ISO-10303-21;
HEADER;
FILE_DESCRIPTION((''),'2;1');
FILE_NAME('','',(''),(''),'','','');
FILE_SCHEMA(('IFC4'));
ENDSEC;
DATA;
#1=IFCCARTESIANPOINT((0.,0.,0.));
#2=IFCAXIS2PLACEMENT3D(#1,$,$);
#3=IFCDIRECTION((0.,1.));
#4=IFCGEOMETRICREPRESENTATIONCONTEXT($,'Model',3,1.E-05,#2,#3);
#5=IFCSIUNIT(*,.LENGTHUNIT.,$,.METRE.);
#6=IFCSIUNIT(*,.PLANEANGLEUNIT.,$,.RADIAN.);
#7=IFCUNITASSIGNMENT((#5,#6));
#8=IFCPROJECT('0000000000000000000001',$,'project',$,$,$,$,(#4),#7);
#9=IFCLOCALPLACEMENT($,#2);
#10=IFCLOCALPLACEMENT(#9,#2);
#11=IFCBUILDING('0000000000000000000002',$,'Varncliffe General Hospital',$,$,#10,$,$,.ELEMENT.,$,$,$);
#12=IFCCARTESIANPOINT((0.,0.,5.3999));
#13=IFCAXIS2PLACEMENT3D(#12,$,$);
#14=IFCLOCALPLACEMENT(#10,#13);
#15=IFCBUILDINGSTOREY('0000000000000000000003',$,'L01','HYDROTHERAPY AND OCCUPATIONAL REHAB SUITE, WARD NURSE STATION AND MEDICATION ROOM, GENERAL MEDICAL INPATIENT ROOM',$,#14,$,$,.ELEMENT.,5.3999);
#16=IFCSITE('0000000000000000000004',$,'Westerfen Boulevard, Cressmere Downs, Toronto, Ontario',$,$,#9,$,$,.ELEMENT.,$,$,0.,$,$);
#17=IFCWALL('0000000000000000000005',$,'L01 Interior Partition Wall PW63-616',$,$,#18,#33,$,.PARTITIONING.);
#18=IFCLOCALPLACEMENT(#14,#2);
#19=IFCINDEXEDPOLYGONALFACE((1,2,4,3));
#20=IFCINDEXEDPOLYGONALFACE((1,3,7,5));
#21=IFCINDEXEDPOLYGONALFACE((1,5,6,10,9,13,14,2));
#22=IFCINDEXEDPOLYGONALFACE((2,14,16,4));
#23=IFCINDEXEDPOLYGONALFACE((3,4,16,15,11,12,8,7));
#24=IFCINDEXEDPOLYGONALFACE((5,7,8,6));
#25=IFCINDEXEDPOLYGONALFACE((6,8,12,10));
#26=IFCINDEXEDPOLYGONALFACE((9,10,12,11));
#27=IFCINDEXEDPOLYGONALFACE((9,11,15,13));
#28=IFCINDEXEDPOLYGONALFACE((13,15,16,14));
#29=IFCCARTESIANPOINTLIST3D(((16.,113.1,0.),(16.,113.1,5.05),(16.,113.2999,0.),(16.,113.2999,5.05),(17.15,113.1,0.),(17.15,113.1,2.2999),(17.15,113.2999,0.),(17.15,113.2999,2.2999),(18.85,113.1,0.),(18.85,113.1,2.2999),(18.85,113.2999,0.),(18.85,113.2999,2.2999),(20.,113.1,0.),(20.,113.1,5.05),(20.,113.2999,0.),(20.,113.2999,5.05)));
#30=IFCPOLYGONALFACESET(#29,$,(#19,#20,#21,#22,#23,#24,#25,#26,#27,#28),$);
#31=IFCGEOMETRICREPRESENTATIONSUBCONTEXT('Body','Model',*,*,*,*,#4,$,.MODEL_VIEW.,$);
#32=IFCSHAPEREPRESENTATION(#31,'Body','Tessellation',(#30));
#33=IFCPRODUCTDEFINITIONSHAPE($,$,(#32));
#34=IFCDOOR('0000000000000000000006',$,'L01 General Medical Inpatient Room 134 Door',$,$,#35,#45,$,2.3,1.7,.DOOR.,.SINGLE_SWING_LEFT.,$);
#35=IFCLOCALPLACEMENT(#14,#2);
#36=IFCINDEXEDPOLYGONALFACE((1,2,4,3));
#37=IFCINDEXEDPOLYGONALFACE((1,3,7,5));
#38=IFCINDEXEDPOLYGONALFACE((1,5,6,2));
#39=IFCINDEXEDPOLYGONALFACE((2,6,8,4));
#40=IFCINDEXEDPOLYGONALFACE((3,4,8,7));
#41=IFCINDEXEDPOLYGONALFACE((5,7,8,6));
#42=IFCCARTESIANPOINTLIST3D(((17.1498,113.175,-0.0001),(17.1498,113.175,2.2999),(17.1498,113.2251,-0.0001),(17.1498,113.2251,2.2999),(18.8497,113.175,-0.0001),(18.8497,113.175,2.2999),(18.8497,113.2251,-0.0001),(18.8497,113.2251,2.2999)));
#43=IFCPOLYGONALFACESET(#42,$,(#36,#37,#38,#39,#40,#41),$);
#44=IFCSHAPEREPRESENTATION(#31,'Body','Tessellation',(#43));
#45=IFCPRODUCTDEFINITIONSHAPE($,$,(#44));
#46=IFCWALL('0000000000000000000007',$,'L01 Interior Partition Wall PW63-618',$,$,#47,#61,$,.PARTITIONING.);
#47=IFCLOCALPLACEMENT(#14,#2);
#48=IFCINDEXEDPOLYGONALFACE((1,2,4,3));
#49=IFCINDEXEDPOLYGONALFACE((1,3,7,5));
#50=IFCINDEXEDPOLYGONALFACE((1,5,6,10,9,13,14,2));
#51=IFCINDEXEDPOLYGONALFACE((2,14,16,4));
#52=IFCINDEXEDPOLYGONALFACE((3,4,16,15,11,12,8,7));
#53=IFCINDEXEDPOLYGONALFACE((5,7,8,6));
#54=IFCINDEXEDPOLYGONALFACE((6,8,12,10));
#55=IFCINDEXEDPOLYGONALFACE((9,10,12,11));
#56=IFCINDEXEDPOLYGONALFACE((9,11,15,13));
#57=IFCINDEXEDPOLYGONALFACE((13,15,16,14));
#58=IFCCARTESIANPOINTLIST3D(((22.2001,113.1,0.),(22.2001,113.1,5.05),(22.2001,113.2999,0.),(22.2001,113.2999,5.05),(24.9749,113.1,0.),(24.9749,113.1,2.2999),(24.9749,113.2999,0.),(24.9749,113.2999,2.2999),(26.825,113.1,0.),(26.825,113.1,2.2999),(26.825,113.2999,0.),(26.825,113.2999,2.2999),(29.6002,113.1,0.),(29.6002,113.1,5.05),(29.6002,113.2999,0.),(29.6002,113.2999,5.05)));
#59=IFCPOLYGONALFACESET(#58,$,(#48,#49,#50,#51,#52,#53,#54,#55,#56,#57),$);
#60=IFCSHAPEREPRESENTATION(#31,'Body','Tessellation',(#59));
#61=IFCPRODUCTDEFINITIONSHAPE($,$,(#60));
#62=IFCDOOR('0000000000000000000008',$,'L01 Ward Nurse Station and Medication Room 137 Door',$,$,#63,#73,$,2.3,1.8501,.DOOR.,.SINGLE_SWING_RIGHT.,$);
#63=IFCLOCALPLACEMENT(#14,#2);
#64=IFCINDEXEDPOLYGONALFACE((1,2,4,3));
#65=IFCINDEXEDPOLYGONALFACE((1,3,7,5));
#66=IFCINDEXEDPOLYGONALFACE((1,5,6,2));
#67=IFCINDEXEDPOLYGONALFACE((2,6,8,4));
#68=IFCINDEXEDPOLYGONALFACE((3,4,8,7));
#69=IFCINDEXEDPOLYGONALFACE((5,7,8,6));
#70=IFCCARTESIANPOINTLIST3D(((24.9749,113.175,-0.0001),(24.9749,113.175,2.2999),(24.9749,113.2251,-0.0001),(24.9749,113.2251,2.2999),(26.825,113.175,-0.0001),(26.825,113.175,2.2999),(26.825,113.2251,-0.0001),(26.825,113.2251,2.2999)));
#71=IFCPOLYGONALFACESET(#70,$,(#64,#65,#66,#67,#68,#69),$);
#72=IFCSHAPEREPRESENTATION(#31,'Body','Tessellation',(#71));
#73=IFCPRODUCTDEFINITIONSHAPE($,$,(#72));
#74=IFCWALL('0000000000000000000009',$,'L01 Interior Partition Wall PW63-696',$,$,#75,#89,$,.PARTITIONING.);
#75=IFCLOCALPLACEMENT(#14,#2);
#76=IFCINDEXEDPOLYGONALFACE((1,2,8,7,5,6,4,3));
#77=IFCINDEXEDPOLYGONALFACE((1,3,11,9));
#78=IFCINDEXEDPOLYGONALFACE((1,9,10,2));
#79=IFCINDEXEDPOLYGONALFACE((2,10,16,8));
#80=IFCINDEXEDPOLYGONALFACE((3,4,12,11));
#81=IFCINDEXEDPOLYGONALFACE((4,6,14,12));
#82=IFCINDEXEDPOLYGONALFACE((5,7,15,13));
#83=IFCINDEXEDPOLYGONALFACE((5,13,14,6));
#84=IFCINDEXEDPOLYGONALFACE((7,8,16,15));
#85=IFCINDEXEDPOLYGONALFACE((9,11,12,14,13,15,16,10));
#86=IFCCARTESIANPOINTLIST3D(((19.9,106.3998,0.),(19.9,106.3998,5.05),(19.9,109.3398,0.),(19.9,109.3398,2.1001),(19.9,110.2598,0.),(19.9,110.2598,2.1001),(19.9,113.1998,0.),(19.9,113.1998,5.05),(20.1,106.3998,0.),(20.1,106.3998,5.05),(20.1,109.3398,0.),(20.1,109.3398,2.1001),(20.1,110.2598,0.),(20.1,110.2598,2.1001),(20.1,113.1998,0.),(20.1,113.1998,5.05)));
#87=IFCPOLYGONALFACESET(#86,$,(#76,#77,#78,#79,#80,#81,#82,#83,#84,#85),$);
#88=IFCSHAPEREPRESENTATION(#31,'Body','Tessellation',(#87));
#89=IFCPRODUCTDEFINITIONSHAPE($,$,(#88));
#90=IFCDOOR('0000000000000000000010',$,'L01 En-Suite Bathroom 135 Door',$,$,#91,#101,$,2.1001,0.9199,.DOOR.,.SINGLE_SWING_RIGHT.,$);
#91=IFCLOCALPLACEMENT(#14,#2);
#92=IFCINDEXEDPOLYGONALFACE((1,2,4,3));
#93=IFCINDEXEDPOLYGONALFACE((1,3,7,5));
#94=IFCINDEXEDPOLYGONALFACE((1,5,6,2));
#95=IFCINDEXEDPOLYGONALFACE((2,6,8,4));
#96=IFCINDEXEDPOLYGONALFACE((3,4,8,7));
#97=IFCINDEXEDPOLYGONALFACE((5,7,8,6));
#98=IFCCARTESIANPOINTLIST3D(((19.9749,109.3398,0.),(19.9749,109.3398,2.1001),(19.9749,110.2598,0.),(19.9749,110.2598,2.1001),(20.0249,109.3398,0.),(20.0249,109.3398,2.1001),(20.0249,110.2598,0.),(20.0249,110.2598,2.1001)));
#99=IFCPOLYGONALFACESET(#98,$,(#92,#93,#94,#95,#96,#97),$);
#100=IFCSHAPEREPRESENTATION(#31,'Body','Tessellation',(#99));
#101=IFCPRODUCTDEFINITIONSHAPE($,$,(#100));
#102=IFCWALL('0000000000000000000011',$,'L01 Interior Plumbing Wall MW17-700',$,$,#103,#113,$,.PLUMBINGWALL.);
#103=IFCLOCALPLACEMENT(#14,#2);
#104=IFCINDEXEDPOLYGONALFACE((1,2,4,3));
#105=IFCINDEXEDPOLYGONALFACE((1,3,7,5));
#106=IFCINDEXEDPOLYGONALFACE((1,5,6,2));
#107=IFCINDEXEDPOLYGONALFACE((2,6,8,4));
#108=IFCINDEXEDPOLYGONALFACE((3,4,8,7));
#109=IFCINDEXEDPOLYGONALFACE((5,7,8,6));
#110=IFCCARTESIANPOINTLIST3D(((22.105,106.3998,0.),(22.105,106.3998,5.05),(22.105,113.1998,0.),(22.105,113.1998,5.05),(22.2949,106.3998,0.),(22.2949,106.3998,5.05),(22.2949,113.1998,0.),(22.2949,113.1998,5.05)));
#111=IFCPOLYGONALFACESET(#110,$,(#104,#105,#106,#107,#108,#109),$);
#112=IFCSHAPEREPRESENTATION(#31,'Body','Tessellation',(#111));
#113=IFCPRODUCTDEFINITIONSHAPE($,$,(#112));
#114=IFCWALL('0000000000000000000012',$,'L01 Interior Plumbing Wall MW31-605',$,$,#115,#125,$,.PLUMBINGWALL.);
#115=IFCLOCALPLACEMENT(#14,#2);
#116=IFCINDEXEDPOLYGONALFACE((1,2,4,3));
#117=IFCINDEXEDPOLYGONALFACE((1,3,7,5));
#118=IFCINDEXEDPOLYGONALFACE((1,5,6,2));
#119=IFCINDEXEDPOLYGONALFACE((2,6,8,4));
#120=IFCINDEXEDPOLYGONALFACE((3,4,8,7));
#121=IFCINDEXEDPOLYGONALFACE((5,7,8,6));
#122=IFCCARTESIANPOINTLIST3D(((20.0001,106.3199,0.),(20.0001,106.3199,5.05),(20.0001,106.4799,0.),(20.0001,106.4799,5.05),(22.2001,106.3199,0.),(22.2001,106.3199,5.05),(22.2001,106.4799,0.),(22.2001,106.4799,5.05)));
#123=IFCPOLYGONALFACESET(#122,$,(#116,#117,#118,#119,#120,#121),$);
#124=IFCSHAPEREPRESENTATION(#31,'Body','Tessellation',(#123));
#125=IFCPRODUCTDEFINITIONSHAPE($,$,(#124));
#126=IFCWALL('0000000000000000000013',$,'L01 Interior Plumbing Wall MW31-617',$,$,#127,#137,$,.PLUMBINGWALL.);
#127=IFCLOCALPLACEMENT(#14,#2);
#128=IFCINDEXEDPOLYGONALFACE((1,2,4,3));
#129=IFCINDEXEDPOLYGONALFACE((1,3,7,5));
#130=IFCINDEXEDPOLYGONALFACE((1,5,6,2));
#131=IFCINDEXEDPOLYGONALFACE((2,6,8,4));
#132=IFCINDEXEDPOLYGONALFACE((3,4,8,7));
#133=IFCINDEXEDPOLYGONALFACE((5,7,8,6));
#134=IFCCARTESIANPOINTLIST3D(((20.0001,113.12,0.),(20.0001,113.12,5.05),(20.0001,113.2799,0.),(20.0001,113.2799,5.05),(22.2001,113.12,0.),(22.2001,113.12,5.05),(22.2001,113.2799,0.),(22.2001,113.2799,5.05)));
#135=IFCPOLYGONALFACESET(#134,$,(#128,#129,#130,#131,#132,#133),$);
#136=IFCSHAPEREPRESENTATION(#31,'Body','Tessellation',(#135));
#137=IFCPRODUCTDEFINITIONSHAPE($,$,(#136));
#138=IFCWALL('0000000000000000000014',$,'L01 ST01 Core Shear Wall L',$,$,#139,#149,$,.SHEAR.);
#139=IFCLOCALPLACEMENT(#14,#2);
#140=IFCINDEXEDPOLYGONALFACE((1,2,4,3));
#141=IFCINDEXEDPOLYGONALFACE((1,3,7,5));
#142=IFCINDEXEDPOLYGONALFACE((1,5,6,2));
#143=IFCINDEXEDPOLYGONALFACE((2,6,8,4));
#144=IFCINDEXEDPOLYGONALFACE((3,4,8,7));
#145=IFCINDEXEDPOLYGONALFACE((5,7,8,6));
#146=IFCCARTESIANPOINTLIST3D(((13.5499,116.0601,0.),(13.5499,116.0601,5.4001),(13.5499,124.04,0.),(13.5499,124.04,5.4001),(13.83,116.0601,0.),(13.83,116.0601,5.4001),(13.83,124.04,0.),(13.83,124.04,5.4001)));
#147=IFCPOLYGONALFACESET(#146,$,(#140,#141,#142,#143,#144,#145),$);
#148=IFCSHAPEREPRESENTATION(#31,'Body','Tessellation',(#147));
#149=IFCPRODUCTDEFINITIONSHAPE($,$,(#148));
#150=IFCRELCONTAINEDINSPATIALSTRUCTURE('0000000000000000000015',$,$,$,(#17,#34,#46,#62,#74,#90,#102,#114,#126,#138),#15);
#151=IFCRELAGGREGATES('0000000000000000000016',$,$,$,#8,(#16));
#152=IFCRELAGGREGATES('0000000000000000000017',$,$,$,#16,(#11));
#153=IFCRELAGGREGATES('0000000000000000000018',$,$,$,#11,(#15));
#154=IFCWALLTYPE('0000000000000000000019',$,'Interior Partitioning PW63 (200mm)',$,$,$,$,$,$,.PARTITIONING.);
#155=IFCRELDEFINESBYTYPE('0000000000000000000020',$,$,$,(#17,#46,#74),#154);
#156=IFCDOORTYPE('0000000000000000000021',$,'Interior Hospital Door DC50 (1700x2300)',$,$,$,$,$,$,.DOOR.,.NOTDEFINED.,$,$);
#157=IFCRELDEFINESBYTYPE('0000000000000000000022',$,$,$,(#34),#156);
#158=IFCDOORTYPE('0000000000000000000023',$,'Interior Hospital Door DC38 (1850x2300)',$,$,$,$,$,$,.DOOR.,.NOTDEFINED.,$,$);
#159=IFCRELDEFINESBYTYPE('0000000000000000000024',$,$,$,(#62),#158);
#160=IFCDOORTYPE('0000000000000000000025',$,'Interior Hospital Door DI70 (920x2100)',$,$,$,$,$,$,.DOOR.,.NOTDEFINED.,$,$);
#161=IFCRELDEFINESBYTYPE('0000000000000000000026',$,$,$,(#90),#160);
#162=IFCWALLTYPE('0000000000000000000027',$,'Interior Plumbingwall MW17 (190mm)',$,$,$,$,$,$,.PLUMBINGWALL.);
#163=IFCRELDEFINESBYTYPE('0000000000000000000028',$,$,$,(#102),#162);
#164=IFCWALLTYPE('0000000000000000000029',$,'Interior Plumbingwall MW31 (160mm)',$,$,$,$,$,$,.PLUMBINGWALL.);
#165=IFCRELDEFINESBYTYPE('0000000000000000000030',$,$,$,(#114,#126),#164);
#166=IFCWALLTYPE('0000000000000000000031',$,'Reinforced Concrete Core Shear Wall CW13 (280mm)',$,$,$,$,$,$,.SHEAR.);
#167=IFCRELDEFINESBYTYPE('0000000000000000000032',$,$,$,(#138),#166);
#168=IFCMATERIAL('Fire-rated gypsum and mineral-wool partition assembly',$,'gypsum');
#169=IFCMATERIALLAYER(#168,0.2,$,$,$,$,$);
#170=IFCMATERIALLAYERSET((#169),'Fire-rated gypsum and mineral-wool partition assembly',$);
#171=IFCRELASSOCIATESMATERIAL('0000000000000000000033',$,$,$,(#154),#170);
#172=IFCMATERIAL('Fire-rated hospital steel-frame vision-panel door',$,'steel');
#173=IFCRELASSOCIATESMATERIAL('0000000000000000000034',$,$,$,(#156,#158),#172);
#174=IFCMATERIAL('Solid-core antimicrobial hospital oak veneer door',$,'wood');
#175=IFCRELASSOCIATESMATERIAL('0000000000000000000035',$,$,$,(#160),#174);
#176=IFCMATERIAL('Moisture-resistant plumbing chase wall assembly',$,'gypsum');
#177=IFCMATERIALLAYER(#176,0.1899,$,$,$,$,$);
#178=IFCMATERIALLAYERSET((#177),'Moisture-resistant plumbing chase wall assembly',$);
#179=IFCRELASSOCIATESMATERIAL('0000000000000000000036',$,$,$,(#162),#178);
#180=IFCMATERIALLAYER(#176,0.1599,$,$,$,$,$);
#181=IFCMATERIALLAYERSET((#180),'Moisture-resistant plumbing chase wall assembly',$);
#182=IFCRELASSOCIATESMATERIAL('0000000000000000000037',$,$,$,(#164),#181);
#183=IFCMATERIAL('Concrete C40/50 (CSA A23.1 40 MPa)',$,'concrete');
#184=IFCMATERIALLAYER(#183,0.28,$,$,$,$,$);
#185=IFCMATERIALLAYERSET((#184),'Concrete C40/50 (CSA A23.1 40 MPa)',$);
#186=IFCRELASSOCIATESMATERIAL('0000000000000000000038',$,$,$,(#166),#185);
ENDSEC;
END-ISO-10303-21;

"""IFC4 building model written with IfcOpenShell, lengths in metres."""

from ifc_helpers import new_model, si_unit, direction, frame, frame_2d, origin, place, context, subcontext, project, spatial, rectangle, extrude, material, layer, layer_set, type_object, element, fill, save


model = new_model("IFC4")

# Units and contexts
model_context = context("Model", 3, precision=1e-05, world=origin(), true_north=direction((0.0, 1.0)))
body_context = subcontext(model_context, "Body", "Model", "MODEL_VIEW")
ifc_project = project(units=[si_unit("LENGTHUNIT", "METRE"), si_unit("PLANEANGLEUNIT", "RADIAN")], contexts=[model_context])

# Site, building, storey
site_placement = place(None, origin())
site = spatial("IfcSite", under=ifc_project, at=site_placement, Name="Westerfen Boulevard, Cressmere Downs, Toronto, Ontario", CompositionType="ELEMENT", RefElevation=0.0)
building_placement = place(site_placement, origin())
building = spatial("IfcBuilding", under=site, at=building_placement, Name="Varncliffe General Hospital", CompositionType="ELEMENT")
storey_placement = place(building_placement, frame((0.0, 0.0, 5.3999)))
storey = spatial("IfcBuildingStorey", under=building, at=storey_placement, Name="L01", Description="HYDROTHERAPY AND OCCUPATIONAL REHAB SUITE, WARD NURSE STATION AND MEDICATION ROOM, GENERAL MEDICAL INPATIENT ROOM", CompositionType="ELEMENT", Elevation=5.3999)

# Shared definitions
ifc_material_1 = material(Name="Concrete C40/50 (CSA A23.1 40 MPa)", Category="concrete")

# Shared definitions
ifc_material_2 = material(Name="Fire-rated gypsum and mineral-wool partition assembly", Category="gypsum")

# Shared definitions
ifc_material_3 = material(Name="Fire-rated hospital steel-frame vision-panel door", Category="steel")

# Walls, openings, doors
ifc_layer_1 = layer(ifc_material_2, 0.2)
ifc_layer_set_1 = layer_set([ifc_layer_1], Name="Fire-rated gypsum and mineral-wool partition assembly")
wall_type_1 = type_object("IfcWallType", Name="Interior Partitioning PW63 (200mm)", PredefinedType="PARTITIONING", material=ifc_layer_set_1)
wall_1_placement = place(storey_placement, frame((16.0, 113.2, 0.0), z_axis=(0.0, 0.0, 1.0), x_axis=(1.0, 0.0, 0.0)))
wall_1 = element("IfcWall", 1, at=wall_1_placement, inside=storey, type_object=wall_type_1, Name="L01 Interior Partition Wall PW63-616", PredefinedType="PARTITIONING", context=body_context, shape_type="SweptSolid", body=[
    extrude(rectangle(XDim=4.0, YDim=0.2, at=frame_2d((2.0, 0.0))), origin(), (0.0, 0.0, 1.0), 5.05),
])
opening_1_placement = place(wall_1_placement, frame((1.1499, 0.0, 0.0)))
opening_1 = element("IfcOpeningElement", 2, at=opening_1_placement, cuts=wall_1, PredefinedType="OPENING", context=body_context, shape_type="SweptSolid", body=[
    extrude(rectangle(XDim=1.7, YDim=2.3, at=frame_2d((0.8501, 1.1499))), frame((0.0, 0.1099, 0.0), z_axis=(0.0, -1.0, 0.0), x_axis=(1.0, 0.0, 0.0)), (0.0, 0.0, 1.0), 0.22),
])
door_type_1 = type_object("IfcDoorType", Name="Interior Hospital Door DC50 (1700x2300)", OperationType="NOTDEFINED", PredefinedType="DOOR", material=ifc_material_3)
door_1_placement = place(opening_1_placement, frame((1.7, 0.0, 0.0), z_axis=(0.0, 0.0, 1.0), x_axis=(-1.0, 0.0, 0.0)))
door_1 = element("IfcDoor", 3, at=door_1_placement, inside=storey, type_object=door_type_1, Name="L01 General Medical Inpatient Room 134 Door", OperationType="SINGLE_SWING_LEFT", OverallHeight=2.3, OverallWidth=1.7, PredefinedType="DOOR", context=body_context, shape_type="SweptSolid", body=[
    extrude(rectangle(XDim=1.7, YDim=2.3, at=frame_2d((0.8501, 1.1499))), frame((0.0, 0.0249, 0.0), z_axis=(0.0, -1.0, 0.0), x_axis=(1.0, 0.0, 0.0)), (0.0, 0.0, 1.0), 0.05),
])
fill(opening_1, door_1)
wall_2_placement = place(storey_placement, frame((22.2, 113.2, 0.0), z_axis=(0.0, 0.0, 1.0), x_axis=(1.0, 0.0, 0.0)))
wall_2 = element("IfcWall", 4, at=wall_2_placement, inside=storey, type_object=wall_type_1, Name="L01 Interior Partition Wall PW63-618", PredefinedType="PARTITIONING", context=body_context, shape_type="SweptSolid", body=[
    extrude(rectangle(XDim=7.4001, YDim=0.2, at=frame_2d((3.7002, 0.0))), origin(), (0.0, 0.0, 1.0), 5.05),
])
opening_2_placement = place(wall_2_placement, frame((2.7749, 0.0, 0.0)))
opening_2 = element("IfcOpeningElement", 5, at=opening_2_placement, cuts=wall_2, PredefinedType="OPENING", context=body_context, shape_type="SweptSolid", body=[
    extrude(rectangle(XDim=1.8501, YDim=2.3, at=frame_2d((0.925, 1.1499))), frame((0.0, 0.1099, 0.0), z_axis=(0.0, -1.0, 0.0), x_axis=(1.0, 0.0, 0.0)), (0.0, 0.0, 1.0), 0.22),
])
door_type_2 = type_object("IfcDoorType", Name="Interior Hospital Door DC38 (1850x2300)", OperationType="NOTDEFINED", PredefinedType="DOOR", material=ifc_material_3)
door_2_placement = place(opening_2_placement, frame((1.8501, 0.0, 0.0), z_axis=(0.0, 0.0, 1.0), x_axis=(-1.0, 0.0, 0.0)))
door_2 = element("IfcDoor", 6, at=door_2_placement, inside=storey, type_object=door_type_2, Name="L01 Ward Nurse Station and Medication Room 137 Door", OperationType="SINGLE_SWING_RIGHT", OverallHeight=2.3, OverallWidth=1.8501, PredefinedType="DOOR", context=body_context, shape_type="SweptSolid", body=[
    extrude(rectangle(XDim=1.8501, YDim=2.3, at=frame_2d((0.925, 1.1499))), frame((0.0, 0.0249, 0.0), z_axis=(0.0, -1.0, 0.0), x_axis=(1.0, 0.0, 0.0)), (0.0, 0.0, 1.0), 0.05),
])
fill(opening_2, door_2)
wall_3_placement = place(storey_placement, frame((20.0, 106.3999, 0.0), z_axis=(0.0, 0.0, 1.0), x_axis=(0.0, 1.0, 0.0)))
wall_3 = element("IfcWall", 7, at=wall_3_placement, inside=storey, type_object=wall_type_1, Name="L01 Interior Partition Wall PW63-696", PredefinedType="PARTITIONING", context=body_context, shape_type="SweptSolid", body=[
    extrude(rectangle(XDim=6.8, YDim=0.2, at=frame_2d((3.3999, 0.0))), origin(), (0.0, 0.0, 1.0), 5.05),
])
opening_3_placement = place(wall_3_placement, frame((2.9399, 0.0, 0.0)))
opening_3 = element("IfcOpeningElement", 8, at=opening_3_placement, cuts=wall_3, PredefinedType="OPENING", context=body_context, shape_type="SweptSolid", body=[
    extrude(rectangle(XDim=0.9199, YDim=2.1001, at=frame_2d((0.46, 1.05))), frame((0.0, 0.1099, 0.0), z_axis=(0.0, -1.0, 0.0), x_axis=(1.0, 0.0, 0.0)), (0.0, 0.0, 1.0), 0.22),
])
ifc_material_4 = material(Name="Solid-core antimicrobial hospital oak veneer door", Category="wood")
door_type_3 = type_object("IfcDoorType", Name="Interior Hospital Door DI70 (920x2100)", OperationType="NOTDEFINED", PredefinedType="DOOR", material=ifc_material_4)
door_3_placement = place(opening_3_placement, frame((0.9199, 0.0, 0.0), z_axis=(0.0, 0.0, 1.0), x_axis=(-1.0, 0.0, 0.0)))
door_3 = element("IfcDoor", 9, at=door_3_placement, inside=storey, type_object=door_type_3, Name="L01 En-Suite Bathroom 135 Door", OperationType="SINGLE_SWING_RIGHT", OverallHeight=2.1001, OverallWidth=0.9199, PredefinedType="DOOR", context=body_context, shape_type="SweptSolid", body=[
    extrude(rectangle(XDim=0.9199, YDim=2.1001, at=frame_2d((0.46, 1.05))), frame((0.0, 0.0249, 0.0), z_axis=(0.0, -1.0, 0.0), x_axis=(1.0, 0.0, 0.0)), (0.0, 0.0, 1.0), 0.05),
])
fill(opening_3, door_3)

# Walls
ifc_material_5 = material(Name="Moisture-resistant plumbing chase wall assembly", Category="gypsum")
ifc_layer_2 = layer(ifc_material_5, 0.1899)
ifc_layer_set_2 = layer_set([ifc_layer_2], Name="Moisture-resistant plumbing chase wall assembly")
wall_type_2 = type_object("IfcWallType", Name="Interior Plumbingwall MW17 (190mm)", PredefinedType="PLUMBINGWALL", material=ifc_layer_set_2)
wall_4_placement = place(storey_placement, frame((22.2, 106.3999, 0.0), z_axis=(0.0, 0.0, 1.0), x_axis=(0.0, 1.0, 0.0)))
element("IfcWall", 10, at=wall_4_placement, inside=storey, type_object=wall_type_2, Name="L01 Interior Plumbing Wall MW17-700", PredefinedType="PLUMBINGWALL", context=body_context, shape_type="SweptSolid", body=[
    extrude(rectangle(XDim=6.8, YDim=0.1899, at=frame_2d((3.3999, 0.0))), origin(), (0.0, 0.0, 1.0), 5.05),
])
ifc_layer_3 = layer(ifc_material_5, 0.1599)
ifc_layer_set_3 = layer_set([ifc_layer_3], Name="Moisture-resistant plumbing chase wall assembly")
wall_type_3 = type_object("IfcWallType", Name="Interior Plumbingwall MW31 (160mm)", PredefinedType="PLUMBINGWALL", material=ifc_layer_set_3)
for number, where, z_axis, x_axis, name in (
    (11, (20.0, 106.3999, 0.0), (0.0, 0.0, 1.0), (1.0, 0.0, 0.0), "L01 Interior Plumbing Wall MW31-605"),
    (12, (20.0, 113.2, 0.0), (0.0, 0.0, 1.0), (1.0, 0.0, 0.0), "L01 Interior Plumbing Wall MW31-617"),
):
    element("IfcWall", number, at=place(storey_placement, frame(where, z_axis=z_axis, x_axis=x_axis)), inside=storey, type_object=wall_type_3, Name=name, PredefinedType="PLUMBINGWALL", context=body_context, shape_type="SweptSolid", body=[
        extrude(rectangle(XDim=2.2, YDim=0.1599, at=frame_2d((1.1001, 0.0))), origin(), (0.0, 0.0, 1.0), 5.05),
    ])
ifc_layer_4 = layer(ifc_material_1, 0.28)
ifc_layer_set_4 = layer_set([ifc_layer_4], Name="Concrete C40/50 (CSA A23.1 40 MPa)")
wall_type_4 = type_object("IfcWallType", Name="Reinforced Concrete Core Shear Wall CW13 (280mm)", PredefinedType="SHEAR", material=ifc_layer_set_4)
wall_5_placement = place(storey_placement, frame((13.6899, 116.0601, 0.0), z_axis=(0.0, 0.0, 1.0), x_axis=(0.0, 1.0, 0.0)))
element("IfcWall", 13, at=wall_5_placement, inside=storey, type_object=wall_type_4, Name="L01 ST01 Core Shear Wall L", PredefinedType="SHEAR", context=body_context, shape_type="SweptSolid", body=[
    extrude(rectangle(XDim=7.98, YDim=0.28, at=frame_2d((3.99, 0.0))), origin(), (0.0, 0.0, 1.0), 5.4001),
])

save(model, "model.ifc")
